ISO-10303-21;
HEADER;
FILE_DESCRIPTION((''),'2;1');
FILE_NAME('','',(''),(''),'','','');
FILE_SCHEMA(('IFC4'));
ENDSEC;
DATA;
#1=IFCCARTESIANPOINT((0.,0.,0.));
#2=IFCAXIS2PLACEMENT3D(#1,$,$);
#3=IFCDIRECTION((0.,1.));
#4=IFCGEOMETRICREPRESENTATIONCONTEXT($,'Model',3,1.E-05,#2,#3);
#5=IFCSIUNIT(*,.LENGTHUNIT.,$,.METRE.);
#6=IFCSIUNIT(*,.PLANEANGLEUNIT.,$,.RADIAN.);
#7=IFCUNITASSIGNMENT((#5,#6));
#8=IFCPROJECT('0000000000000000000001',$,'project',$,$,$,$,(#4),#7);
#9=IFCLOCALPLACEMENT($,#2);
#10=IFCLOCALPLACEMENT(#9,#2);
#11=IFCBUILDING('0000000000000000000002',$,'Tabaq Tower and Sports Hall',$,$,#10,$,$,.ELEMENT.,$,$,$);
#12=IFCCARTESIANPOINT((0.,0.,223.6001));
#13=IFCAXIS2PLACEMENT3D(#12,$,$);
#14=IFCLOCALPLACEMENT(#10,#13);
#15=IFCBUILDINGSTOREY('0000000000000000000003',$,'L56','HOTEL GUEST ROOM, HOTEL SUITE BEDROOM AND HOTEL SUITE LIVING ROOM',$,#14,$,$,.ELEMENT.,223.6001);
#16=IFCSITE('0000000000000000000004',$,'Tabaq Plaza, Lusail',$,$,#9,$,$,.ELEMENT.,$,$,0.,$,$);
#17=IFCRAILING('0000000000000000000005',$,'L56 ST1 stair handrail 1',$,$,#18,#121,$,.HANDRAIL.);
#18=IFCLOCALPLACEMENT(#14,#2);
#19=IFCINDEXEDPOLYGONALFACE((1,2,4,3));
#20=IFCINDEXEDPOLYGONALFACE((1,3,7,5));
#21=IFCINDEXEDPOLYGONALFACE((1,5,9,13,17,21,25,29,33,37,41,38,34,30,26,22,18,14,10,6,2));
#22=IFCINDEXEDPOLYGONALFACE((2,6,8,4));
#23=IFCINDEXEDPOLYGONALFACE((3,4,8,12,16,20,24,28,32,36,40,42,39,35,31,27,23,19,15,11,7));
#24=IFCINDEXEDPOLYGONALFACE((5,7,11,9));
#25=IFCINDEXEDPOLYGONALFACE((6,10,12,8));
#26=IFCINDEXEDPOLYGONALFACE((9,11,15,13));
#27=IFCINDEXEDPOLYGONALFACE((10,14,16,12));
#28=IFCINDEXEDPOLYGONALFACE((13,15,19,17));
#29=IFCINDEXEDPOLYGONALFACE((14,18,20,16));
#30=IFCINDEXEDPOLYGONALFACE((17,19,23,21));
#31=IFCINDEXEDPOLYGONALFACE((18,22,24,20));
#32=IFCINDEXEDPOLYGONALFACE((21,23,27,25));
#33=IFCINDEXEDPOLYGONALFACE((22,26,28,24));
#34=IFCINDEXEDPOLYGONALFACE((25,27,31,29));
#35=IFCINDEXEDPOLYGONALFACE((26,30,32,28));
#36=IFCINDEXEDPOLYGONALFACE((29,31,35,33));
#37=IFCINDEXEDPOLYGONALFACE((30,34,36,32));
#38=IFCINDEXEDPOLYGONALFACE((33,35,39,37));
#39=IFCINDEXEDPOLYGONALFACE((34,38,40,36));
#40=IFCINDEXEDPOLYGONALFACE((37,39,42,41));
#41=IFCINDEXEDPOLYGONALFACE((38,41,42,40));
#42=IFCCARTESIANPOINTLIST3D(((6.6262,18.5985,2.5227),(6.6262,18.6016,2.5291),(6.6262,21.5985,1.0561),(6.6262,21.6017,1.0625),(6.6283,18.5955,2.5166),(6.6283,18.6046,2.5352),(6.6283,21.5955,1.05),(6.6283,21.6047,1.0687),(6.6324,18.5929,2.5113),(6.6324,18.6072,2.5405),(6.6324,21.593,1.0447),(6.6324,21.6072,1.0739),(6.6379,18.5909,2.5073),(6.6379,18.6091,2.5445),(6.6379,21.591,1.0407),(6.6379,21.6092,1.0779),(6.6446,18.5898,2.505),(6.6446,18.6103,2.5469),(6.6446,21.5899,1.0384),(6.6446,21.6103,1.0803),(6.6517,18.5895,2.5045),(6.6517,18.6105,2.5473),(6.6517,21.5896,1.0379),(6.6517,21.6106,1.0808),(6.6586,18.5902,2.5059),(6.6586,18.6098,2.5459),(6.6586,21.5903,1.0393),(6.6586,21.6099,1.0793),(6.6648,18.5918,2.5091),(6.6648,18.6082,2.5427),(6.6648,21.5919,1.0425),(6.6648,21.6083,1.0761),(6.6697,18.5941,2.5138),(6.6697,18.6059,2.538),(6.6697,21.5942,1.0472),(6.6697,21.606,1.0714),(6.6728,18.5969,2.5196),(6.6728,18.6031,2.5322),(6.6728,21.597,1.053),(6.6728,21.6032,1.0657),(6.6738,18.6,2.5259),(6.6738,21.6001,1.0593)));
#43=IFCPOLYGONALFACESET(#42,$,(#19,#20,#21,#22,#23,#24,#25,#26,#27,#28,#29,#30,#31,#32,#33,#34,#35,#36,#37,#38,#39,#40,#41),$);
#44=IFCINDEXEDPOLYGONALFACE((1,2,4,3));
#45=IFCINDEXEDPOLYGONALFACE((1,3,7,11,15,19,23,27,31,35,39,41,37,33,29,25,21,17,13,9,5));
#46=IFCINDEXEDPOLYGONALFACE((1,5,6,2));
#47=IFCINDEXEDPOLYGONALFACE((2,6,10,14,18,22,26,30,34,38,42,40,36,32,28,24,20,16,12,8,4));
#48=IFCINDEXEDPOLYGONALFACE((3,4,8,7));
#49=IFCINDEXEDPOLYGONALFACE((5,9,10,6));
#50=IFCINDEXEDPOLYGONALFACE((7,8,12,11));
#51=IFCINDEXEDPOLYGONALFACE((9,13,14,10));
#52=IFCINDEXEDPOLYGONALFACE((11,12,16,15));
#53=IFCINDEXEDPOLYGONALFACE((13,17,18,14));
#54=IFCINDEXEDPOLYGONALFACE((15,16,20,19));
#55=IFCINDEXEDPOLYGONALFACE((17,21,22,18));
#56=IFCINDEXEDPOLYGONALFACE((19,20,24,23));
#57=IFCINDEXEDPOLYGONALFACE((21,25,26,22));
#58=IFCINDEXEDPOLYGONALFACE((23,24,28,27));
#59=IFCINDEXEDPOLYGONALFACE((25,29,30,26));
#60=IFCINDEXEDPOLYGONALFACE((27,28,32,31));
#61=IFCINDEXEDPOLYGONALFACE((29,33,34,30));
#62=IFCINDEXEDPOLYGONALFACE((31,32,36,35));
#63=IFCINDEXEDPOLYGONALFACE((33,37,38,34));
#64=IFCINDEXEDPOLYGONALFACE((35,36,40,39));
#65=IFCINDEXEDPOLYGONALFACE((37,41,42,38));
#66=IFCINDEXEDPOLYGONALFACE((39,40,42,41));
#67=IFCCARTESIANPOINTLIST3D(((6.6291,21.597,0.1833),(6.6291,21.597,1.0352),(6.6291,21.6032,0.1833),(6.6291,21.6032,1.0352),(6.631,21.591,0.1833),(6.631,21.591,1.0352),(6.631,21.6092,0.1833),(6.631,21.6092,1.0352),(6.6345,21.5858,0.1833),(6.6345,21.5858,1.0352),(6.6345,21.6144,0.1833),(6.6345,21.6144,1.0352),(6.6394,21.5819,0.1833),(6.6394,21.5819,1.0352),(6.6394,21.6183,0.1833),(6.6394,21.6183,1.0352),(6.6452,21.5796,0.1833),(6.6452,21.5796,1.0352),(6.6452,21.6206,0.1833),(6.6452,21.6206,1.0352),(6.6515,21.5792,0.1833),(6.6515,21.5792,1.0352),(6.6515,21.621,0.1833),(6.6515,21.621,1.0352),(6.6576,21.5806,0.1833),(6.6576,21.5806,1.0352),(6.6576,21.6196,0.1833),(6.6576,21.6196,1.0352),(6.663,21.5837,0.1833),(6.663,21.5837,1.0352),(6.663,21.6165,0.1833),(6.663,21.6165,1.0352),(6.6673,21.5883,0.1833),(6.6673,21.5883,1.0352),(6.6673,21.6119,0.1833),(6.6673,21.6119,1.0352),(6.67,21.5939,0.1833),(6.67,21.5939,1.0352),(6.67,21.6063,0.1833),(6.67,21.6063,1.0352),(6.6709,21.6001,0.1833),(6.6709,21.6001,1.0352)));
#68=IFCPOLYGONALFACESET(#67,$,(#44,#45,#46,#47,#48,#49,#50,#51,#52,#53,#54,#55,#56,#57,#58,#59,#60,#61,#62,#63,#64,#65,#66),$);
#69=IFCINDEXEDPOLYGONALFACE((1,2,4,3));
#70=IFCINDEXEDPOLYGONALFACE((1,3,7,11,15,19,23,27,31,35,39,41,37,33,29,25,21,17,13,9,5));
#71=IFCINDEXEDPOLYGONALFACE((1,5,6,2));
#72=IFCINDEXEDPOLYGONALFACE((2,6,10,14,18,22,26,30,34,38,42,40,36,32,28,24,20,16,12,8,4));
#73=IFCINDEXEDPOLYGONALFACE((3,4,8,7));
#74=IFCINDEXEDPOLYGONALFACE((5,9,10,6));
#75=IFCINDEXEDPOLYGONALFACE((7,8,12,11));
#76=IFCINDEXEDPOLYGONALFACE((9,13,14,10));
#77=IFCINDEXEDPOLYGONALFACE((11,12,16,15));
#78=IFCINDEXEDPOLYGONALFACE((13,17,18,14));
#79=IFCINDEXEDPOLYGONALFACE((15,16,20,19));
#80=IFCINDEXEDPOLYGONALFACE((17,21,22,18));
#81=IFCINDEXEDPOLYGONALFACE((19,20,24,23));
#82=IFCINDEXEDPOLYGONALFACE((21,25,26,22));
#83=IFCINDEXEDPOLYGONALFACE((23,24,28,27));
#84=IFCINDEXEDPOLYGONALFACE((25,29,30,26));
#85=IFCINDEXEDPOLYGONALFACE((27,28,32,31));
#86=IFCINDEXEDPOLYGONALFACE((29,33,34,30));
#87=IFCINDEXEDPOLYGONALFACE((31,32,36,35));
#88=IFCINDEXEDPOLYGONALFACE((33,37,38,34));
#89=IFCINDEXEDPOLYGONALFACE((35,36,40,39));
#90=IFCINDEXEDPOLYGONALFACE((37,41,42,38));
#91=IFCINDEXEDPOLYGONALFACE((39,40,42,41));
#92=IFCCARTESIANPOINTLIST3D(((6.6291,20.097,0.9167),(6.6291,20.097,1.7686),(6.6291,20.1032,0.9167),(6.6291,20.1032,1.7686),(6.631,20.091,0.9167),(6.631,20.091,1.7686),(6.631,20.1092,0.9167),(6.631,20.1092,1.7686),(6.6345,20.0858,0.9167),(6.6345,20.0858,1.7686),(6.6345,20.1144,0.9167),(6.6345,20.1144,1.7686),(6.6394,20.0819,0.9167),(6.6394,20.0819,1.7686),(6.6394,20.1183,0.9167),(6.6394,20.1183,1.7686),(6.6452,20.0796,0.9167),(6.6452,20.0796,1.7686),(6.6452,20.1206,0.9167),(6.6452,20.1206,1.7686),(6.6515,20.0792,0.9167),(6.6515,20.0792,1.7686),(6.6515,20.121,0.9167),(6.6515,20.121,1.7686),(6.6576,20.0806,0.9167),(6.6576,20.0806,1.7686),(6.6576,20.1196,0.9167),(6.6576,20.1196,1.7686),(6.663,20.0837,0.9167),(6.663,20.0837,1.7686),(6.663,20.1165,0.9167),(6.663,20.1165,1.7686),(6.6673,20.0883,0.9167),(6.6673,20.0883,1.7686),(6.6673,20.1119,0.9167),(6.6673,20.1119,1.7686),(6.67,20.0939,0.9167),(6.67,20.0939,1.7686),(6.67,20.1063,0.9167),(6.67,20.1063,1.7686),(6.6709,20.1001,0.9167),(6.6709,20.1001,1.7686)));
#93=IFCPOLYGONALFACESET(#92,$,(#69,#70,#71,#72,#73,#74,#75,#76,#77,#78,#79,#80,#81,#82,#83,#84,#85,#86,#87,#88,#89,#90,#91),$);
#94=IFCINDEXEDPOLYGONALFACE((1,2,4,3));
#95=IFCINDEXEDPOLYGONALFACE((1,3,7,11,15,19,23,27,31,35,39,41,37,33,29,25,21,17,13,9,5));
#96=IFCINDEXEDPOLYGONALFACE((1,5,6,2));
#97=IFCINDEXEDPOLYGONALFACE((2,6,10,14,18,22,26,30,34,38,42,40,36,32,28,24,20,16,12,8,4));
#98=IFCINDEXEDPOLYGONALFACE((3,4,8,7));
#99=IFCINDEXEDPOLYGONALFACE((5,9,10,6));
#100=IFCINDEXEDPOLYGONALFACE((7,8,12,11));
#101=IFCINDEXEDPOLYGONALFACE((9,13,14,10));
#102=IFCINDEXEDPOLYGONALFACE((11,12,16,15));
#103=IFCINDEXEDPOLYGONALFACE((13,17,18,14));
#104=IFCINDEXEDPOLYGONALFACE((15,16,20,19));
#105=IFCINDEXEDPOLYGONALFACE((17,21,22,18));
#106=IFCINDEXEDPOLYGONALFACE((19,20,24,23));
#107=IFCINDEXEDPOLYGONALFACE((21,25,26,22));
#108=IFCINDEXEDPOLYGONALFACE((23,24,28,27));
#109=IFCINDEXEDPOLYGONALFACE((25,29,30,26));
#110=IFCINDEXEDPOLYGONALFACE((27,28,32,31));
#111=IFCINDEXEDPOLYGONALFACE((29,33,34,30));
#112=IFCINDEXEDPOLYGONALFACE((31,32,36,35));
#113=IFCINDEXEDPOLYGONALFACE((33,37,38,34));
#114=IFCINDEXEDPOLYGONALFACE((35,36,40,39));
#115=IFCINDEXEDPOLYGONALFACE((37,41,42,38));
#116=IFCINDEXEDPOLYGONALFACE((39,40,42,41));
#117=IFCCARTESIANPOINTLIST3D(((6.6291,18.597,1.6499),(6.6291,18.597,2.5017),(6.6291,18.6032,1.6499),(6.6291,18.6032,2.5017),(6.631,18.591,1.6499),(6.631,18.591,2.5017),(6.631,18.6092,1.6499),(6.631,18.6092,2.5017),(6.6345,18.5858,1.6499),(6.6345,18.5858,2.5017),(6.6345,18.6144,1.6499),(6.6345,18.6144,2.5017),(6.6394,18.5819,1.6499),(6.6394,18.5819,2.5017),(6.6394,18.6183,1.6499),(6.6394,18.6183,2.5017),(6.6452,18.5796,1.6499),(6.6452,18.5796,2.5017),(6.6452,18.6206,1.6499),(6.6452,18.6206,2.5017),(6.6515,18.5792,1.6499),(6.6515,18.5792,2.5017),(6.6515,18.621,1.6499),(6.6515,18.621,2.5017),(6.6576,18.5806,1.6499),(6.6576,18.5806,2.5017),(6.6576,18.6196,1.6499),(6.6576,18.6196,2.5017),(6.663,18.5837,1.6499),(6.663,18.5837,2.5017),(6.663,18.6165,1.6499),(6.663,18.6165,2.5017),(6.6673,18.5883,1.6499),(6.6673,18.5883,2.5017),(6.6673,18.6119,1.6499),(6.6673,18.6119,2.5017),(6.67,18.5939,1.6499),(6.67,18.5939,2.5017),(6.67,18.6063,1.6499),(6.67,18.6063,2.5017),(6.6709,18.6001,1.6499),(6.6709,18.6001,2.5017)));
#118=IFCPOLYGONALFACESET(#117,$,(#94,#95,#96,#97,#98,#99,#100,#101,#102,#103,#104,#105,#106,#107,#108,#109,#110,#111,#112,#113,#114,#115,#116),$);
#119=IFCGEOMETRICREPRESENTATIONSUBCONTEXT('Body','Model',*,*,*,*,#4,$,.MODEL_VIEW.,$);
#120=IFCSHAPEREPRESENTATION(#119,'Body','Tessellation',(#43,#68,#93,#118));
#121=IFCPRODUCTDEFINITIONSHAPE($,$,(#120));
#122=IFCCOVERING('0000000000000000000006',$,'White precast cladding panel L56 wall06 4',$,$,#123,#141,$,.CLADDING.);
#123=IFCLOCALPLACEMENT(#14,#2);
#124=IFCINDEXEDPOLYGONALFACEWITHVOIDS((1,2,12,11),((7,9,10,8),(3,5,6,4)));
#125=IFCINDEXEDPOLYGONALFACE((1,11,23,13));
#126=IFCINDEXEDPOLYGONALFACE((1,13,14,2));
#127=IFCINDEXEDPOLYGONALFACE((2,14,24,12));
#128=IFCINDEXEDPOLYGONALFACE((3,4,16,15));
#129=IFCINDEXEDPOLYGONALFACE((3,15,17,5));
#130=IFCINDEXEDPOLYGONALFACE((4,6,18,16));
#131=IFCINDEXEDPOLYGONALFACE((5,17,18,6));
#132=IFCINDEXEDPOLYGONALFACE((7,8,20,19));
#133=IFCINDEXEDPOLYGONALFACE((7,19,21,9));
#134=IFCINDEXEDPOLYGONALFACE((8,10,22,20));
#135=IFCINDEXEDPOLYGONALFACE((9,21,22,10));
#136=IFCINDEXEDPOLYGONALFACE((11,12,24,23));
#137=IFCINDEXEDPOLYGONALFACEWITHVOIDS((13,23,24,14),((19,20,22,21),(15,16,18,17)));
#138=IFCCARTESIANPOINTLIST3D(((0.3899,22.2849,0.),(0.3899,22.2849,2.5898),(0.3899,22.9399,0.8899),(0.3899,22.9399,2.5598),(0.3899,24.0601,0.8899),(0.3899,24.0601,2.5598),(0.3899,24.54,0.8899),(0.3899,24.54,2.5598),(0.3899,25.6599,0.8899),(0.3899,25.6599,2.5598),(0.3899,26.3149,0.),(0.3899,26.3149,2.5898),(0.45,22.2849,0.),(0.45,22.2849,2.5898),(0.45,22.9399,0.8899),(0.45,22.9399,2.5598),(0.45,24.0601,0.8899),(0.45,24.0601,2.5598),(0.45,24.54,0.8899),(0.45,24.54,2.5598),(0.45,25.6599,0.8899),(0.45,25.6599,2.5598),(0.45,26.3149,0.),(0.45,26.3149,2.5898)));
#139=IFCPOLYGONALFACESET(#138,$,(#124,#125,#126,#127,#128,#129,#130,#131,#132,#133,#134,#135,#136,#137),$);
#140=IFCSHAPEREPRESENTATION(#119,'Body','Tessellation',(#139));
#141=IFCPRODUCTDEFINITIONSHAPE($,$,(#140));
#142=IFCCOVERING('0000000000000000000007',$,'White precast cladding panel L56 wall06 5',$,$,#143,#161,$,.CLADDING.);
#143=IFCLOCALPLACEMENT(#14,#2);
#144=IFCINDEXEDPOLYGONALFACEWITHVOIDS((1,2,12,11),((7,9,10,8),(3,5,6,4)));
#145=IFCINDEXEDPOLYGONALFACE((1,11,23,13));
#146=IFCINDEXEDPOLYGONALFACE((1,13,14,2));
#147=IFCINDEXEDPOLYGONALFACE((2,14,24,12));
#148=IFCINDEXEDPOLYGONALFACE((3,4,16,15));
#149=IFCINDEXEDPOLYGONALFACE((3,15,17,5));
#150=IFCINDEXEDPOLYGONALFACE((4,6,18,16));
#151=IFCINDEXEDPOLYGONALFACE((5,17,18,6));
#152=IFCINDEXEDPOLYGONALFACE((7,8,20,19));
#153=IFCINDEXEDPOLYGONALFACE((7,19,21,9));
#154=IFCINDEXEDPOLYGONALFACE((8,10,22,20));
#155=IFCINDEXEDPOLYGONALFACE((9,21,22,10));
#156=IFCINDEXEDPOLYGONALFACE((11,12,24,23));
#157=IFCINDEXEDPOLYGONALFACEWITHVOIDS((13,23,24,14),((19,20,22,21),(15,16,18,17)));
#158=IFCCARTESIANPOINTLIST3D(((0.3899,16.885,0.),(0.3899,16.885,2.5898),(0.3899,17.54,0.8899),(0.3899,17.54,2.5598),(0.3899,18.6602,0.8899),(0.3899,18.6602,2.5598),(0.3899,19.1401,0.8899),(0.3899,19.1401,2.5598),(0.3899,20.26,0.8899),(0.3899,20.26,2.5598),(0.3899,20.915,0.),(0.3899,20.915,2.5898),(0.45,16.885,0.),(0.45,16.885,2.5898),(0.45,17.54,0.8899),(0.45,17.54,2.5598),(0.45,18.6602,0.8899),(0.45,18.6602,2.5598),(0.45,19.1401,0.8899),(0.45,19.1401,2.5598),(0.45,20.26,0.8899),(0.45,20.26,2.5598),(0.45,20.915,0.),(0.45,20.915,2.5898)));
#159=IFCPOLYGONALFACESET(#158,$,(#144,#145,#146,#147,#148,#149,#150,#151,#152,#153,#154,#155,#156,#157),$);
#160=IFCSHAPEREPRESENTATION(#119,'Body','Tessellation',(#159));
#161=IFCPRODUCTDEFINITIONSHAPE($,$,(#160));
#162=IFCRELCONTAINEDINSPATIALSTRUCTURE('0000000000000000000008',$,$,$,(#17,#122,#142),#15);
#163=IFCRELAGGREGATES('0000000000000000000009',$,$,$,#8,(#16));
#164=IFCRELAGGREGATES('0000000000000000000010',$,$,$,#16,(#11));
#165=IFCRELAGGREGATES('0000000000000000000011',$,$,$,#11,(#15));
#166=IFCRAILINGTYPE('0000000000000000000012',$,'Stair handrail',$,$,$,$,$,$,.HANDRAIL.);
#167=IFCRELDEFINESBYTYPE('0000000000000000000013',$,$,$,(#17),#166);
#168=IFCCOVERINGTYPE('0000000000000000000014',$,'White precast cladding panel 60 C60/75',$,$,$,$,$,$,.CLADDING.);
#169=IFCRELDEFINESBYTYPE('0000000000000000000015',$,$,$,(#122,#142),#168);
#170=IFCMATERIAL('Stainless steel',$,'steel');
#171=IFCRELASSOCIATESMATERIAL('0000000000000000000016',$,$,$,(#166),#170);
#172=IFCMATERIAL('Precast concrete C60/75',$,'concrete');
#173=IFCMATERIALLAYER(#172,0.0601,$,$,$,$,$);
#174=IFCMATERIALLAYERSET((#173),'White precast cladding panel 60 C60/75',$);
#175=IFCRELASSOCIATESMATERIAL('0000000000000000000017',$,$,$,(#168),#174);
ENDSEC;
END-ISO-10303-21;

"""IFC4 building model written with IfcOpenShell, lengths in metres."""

from ifc_helpers import new_model, si_unit, direction, frame, origin, origin_2d, place, context, subcontext, project, spatial, polyline, circle, outline, extrude, material, layer, layer_set, type_object, element, save


model = new_model("IFC4")

# Units and contexts
model_context = context("Model", 3, precision=1e-05, world=origin(), true_north=direction((0.0, 1.0)))
body_context = subcontext(model_context, "Body", "Model", "MODEL_VIEW")
ifc_project = project(units=[si_unit("LENGTHUNIT", "METRE"), si_unit("PLANEANGLEUNIT", "RADIAN")], contexts=[model_context])

# Site, building, storey
site_placement = place(None, origin())
site = spatial("IfcSite", under=ifc_project, at=site_placement, Name="Tabaq Plaza, Lusail", CompositionType="ELEMENT", RefElevation=0.0)
building_placement = place(site_placement, origin())
building = spatial("IfcBuilding", under=site, at=building_placement, Name="Tabaq Tower and Sports Hall", CompositionType="ELEMENT")
storey_placement = place(building_placement, frame((0.0, 0.0, 223.6001)))
storey = spatial("IfcBuildingStorey", under=building, at=storey_placement, Name="L56", Description="HOTEL GUEST ROOM, HOTEL SUITE BEDROOM AND HOTEL SUITE LIVING ROOM", CompositionType="ELEMENT", Elevation=223.6001)

# Railing
ifc_material_1 = material(Name="Stainless steel", Category="steel")
railing_type_1 = type_object("IfcRailingType", Name="Stair handrail", PredefinedType="HANDRAIL", material=ifc_material_1)
railing_1_placement = place(storey_placement, frame((6.6499, 21.6001, 0.1833)))
element("IfcRailing", 1, at=railing_1_placement, inside=storey, type_object=railing_type_1, Name="L56 ST1 stair handrail 1", PredefinedType="HANDRAIL", context=body_context, shape_type="SweptSolid", body=[
    extrude(circle(Radius=0.0239, at=origin_2d()), frame((0.0, 0.0, 0.876), z_axis=(0.0, -0.898398, 0.439183), x_axis=(1.0, 0.0, 0.0)), (0.0, 0.0, 1.0), 3.3394),
    extrude(circle(Radius=0.021, at=origin_2d()), origin(), (0.0, 0.0, 1.0), 0.8518),
    extrude(circle(Radius=0.021, at=origin_2d()), frame((0.0, -1.5, 0.7334)), (0.0, 0.0, 1.0), 0.8518),
    extrude(circle(Radius=0.021, at=origin_2d()), frame((0.0, -3.0, 1.4666)), (0.0, 0.0, 1.0), 0.8518),
])

# Coverings
ifc_material_2 = material(Name="Precast concrete C60/75", Category="concrete")
ifc_layer_1 = layer(ifc_material_2, 0.0601)
ifc_layer_set_1 = layer_set([ifc_layer_1], Name="White precast cladding panel 60 C60/75")
covering_type_1 = type_object("IfcCoveringType", Name="White precast cladding panel 60 C60/75", PredefinedType="CLADDING", material=ifc_layer_set_1)
for number, where, z_axis, x_axis, name in (
    (2, (0.4199, 26.3149, 0.0), (0.0, 0.0, 1.0), (0.0, -1.0, 0.0), "White precast cladding panel L56 wall06 4"),
    (3, (0.4199, 20.915, 0.0), (0.0, 0.0, 1.0), (0.0, -1.0, 0.0), "White precast cladding panel L56 wall06 5"),
):
    element("IfcCovering", number, at=place(storey_placement, frame(where, z_axis=z_axis, x_axis=x_axis)), inside=storey, type_object=covering_type_1, Name=name, PredefinedType="CLADDING", context=body_context, shape_type="SweptSolid", body=[
        extrude(outline(polyline([(0.0, 0.0), (4.03, 0.0), (4.03, 2.5898), (0.0, 2.5898), (0.0, 0.0)]), holes=[polyline([(0.655, 0.8899), (0.655, 2.5598), (1.7749, 2.5598), (1.7749, 0.8899), (0.655, 0.8899)]), polyline([(2.2549, 0.8899), (2.2549, 2.5598), (3.375, 2.5598), (3.375, 0.8899), (2.2549, 0.8899)])]), frame((0.0, 0.03, 0.0), z_axis=(0.0, -1.0, 0.0), x_axis=(1.0, 0.0, 0.0)), (0.0, 0.0, 1.0), 0.0601),
    ])

save(model, "model.ifc")
